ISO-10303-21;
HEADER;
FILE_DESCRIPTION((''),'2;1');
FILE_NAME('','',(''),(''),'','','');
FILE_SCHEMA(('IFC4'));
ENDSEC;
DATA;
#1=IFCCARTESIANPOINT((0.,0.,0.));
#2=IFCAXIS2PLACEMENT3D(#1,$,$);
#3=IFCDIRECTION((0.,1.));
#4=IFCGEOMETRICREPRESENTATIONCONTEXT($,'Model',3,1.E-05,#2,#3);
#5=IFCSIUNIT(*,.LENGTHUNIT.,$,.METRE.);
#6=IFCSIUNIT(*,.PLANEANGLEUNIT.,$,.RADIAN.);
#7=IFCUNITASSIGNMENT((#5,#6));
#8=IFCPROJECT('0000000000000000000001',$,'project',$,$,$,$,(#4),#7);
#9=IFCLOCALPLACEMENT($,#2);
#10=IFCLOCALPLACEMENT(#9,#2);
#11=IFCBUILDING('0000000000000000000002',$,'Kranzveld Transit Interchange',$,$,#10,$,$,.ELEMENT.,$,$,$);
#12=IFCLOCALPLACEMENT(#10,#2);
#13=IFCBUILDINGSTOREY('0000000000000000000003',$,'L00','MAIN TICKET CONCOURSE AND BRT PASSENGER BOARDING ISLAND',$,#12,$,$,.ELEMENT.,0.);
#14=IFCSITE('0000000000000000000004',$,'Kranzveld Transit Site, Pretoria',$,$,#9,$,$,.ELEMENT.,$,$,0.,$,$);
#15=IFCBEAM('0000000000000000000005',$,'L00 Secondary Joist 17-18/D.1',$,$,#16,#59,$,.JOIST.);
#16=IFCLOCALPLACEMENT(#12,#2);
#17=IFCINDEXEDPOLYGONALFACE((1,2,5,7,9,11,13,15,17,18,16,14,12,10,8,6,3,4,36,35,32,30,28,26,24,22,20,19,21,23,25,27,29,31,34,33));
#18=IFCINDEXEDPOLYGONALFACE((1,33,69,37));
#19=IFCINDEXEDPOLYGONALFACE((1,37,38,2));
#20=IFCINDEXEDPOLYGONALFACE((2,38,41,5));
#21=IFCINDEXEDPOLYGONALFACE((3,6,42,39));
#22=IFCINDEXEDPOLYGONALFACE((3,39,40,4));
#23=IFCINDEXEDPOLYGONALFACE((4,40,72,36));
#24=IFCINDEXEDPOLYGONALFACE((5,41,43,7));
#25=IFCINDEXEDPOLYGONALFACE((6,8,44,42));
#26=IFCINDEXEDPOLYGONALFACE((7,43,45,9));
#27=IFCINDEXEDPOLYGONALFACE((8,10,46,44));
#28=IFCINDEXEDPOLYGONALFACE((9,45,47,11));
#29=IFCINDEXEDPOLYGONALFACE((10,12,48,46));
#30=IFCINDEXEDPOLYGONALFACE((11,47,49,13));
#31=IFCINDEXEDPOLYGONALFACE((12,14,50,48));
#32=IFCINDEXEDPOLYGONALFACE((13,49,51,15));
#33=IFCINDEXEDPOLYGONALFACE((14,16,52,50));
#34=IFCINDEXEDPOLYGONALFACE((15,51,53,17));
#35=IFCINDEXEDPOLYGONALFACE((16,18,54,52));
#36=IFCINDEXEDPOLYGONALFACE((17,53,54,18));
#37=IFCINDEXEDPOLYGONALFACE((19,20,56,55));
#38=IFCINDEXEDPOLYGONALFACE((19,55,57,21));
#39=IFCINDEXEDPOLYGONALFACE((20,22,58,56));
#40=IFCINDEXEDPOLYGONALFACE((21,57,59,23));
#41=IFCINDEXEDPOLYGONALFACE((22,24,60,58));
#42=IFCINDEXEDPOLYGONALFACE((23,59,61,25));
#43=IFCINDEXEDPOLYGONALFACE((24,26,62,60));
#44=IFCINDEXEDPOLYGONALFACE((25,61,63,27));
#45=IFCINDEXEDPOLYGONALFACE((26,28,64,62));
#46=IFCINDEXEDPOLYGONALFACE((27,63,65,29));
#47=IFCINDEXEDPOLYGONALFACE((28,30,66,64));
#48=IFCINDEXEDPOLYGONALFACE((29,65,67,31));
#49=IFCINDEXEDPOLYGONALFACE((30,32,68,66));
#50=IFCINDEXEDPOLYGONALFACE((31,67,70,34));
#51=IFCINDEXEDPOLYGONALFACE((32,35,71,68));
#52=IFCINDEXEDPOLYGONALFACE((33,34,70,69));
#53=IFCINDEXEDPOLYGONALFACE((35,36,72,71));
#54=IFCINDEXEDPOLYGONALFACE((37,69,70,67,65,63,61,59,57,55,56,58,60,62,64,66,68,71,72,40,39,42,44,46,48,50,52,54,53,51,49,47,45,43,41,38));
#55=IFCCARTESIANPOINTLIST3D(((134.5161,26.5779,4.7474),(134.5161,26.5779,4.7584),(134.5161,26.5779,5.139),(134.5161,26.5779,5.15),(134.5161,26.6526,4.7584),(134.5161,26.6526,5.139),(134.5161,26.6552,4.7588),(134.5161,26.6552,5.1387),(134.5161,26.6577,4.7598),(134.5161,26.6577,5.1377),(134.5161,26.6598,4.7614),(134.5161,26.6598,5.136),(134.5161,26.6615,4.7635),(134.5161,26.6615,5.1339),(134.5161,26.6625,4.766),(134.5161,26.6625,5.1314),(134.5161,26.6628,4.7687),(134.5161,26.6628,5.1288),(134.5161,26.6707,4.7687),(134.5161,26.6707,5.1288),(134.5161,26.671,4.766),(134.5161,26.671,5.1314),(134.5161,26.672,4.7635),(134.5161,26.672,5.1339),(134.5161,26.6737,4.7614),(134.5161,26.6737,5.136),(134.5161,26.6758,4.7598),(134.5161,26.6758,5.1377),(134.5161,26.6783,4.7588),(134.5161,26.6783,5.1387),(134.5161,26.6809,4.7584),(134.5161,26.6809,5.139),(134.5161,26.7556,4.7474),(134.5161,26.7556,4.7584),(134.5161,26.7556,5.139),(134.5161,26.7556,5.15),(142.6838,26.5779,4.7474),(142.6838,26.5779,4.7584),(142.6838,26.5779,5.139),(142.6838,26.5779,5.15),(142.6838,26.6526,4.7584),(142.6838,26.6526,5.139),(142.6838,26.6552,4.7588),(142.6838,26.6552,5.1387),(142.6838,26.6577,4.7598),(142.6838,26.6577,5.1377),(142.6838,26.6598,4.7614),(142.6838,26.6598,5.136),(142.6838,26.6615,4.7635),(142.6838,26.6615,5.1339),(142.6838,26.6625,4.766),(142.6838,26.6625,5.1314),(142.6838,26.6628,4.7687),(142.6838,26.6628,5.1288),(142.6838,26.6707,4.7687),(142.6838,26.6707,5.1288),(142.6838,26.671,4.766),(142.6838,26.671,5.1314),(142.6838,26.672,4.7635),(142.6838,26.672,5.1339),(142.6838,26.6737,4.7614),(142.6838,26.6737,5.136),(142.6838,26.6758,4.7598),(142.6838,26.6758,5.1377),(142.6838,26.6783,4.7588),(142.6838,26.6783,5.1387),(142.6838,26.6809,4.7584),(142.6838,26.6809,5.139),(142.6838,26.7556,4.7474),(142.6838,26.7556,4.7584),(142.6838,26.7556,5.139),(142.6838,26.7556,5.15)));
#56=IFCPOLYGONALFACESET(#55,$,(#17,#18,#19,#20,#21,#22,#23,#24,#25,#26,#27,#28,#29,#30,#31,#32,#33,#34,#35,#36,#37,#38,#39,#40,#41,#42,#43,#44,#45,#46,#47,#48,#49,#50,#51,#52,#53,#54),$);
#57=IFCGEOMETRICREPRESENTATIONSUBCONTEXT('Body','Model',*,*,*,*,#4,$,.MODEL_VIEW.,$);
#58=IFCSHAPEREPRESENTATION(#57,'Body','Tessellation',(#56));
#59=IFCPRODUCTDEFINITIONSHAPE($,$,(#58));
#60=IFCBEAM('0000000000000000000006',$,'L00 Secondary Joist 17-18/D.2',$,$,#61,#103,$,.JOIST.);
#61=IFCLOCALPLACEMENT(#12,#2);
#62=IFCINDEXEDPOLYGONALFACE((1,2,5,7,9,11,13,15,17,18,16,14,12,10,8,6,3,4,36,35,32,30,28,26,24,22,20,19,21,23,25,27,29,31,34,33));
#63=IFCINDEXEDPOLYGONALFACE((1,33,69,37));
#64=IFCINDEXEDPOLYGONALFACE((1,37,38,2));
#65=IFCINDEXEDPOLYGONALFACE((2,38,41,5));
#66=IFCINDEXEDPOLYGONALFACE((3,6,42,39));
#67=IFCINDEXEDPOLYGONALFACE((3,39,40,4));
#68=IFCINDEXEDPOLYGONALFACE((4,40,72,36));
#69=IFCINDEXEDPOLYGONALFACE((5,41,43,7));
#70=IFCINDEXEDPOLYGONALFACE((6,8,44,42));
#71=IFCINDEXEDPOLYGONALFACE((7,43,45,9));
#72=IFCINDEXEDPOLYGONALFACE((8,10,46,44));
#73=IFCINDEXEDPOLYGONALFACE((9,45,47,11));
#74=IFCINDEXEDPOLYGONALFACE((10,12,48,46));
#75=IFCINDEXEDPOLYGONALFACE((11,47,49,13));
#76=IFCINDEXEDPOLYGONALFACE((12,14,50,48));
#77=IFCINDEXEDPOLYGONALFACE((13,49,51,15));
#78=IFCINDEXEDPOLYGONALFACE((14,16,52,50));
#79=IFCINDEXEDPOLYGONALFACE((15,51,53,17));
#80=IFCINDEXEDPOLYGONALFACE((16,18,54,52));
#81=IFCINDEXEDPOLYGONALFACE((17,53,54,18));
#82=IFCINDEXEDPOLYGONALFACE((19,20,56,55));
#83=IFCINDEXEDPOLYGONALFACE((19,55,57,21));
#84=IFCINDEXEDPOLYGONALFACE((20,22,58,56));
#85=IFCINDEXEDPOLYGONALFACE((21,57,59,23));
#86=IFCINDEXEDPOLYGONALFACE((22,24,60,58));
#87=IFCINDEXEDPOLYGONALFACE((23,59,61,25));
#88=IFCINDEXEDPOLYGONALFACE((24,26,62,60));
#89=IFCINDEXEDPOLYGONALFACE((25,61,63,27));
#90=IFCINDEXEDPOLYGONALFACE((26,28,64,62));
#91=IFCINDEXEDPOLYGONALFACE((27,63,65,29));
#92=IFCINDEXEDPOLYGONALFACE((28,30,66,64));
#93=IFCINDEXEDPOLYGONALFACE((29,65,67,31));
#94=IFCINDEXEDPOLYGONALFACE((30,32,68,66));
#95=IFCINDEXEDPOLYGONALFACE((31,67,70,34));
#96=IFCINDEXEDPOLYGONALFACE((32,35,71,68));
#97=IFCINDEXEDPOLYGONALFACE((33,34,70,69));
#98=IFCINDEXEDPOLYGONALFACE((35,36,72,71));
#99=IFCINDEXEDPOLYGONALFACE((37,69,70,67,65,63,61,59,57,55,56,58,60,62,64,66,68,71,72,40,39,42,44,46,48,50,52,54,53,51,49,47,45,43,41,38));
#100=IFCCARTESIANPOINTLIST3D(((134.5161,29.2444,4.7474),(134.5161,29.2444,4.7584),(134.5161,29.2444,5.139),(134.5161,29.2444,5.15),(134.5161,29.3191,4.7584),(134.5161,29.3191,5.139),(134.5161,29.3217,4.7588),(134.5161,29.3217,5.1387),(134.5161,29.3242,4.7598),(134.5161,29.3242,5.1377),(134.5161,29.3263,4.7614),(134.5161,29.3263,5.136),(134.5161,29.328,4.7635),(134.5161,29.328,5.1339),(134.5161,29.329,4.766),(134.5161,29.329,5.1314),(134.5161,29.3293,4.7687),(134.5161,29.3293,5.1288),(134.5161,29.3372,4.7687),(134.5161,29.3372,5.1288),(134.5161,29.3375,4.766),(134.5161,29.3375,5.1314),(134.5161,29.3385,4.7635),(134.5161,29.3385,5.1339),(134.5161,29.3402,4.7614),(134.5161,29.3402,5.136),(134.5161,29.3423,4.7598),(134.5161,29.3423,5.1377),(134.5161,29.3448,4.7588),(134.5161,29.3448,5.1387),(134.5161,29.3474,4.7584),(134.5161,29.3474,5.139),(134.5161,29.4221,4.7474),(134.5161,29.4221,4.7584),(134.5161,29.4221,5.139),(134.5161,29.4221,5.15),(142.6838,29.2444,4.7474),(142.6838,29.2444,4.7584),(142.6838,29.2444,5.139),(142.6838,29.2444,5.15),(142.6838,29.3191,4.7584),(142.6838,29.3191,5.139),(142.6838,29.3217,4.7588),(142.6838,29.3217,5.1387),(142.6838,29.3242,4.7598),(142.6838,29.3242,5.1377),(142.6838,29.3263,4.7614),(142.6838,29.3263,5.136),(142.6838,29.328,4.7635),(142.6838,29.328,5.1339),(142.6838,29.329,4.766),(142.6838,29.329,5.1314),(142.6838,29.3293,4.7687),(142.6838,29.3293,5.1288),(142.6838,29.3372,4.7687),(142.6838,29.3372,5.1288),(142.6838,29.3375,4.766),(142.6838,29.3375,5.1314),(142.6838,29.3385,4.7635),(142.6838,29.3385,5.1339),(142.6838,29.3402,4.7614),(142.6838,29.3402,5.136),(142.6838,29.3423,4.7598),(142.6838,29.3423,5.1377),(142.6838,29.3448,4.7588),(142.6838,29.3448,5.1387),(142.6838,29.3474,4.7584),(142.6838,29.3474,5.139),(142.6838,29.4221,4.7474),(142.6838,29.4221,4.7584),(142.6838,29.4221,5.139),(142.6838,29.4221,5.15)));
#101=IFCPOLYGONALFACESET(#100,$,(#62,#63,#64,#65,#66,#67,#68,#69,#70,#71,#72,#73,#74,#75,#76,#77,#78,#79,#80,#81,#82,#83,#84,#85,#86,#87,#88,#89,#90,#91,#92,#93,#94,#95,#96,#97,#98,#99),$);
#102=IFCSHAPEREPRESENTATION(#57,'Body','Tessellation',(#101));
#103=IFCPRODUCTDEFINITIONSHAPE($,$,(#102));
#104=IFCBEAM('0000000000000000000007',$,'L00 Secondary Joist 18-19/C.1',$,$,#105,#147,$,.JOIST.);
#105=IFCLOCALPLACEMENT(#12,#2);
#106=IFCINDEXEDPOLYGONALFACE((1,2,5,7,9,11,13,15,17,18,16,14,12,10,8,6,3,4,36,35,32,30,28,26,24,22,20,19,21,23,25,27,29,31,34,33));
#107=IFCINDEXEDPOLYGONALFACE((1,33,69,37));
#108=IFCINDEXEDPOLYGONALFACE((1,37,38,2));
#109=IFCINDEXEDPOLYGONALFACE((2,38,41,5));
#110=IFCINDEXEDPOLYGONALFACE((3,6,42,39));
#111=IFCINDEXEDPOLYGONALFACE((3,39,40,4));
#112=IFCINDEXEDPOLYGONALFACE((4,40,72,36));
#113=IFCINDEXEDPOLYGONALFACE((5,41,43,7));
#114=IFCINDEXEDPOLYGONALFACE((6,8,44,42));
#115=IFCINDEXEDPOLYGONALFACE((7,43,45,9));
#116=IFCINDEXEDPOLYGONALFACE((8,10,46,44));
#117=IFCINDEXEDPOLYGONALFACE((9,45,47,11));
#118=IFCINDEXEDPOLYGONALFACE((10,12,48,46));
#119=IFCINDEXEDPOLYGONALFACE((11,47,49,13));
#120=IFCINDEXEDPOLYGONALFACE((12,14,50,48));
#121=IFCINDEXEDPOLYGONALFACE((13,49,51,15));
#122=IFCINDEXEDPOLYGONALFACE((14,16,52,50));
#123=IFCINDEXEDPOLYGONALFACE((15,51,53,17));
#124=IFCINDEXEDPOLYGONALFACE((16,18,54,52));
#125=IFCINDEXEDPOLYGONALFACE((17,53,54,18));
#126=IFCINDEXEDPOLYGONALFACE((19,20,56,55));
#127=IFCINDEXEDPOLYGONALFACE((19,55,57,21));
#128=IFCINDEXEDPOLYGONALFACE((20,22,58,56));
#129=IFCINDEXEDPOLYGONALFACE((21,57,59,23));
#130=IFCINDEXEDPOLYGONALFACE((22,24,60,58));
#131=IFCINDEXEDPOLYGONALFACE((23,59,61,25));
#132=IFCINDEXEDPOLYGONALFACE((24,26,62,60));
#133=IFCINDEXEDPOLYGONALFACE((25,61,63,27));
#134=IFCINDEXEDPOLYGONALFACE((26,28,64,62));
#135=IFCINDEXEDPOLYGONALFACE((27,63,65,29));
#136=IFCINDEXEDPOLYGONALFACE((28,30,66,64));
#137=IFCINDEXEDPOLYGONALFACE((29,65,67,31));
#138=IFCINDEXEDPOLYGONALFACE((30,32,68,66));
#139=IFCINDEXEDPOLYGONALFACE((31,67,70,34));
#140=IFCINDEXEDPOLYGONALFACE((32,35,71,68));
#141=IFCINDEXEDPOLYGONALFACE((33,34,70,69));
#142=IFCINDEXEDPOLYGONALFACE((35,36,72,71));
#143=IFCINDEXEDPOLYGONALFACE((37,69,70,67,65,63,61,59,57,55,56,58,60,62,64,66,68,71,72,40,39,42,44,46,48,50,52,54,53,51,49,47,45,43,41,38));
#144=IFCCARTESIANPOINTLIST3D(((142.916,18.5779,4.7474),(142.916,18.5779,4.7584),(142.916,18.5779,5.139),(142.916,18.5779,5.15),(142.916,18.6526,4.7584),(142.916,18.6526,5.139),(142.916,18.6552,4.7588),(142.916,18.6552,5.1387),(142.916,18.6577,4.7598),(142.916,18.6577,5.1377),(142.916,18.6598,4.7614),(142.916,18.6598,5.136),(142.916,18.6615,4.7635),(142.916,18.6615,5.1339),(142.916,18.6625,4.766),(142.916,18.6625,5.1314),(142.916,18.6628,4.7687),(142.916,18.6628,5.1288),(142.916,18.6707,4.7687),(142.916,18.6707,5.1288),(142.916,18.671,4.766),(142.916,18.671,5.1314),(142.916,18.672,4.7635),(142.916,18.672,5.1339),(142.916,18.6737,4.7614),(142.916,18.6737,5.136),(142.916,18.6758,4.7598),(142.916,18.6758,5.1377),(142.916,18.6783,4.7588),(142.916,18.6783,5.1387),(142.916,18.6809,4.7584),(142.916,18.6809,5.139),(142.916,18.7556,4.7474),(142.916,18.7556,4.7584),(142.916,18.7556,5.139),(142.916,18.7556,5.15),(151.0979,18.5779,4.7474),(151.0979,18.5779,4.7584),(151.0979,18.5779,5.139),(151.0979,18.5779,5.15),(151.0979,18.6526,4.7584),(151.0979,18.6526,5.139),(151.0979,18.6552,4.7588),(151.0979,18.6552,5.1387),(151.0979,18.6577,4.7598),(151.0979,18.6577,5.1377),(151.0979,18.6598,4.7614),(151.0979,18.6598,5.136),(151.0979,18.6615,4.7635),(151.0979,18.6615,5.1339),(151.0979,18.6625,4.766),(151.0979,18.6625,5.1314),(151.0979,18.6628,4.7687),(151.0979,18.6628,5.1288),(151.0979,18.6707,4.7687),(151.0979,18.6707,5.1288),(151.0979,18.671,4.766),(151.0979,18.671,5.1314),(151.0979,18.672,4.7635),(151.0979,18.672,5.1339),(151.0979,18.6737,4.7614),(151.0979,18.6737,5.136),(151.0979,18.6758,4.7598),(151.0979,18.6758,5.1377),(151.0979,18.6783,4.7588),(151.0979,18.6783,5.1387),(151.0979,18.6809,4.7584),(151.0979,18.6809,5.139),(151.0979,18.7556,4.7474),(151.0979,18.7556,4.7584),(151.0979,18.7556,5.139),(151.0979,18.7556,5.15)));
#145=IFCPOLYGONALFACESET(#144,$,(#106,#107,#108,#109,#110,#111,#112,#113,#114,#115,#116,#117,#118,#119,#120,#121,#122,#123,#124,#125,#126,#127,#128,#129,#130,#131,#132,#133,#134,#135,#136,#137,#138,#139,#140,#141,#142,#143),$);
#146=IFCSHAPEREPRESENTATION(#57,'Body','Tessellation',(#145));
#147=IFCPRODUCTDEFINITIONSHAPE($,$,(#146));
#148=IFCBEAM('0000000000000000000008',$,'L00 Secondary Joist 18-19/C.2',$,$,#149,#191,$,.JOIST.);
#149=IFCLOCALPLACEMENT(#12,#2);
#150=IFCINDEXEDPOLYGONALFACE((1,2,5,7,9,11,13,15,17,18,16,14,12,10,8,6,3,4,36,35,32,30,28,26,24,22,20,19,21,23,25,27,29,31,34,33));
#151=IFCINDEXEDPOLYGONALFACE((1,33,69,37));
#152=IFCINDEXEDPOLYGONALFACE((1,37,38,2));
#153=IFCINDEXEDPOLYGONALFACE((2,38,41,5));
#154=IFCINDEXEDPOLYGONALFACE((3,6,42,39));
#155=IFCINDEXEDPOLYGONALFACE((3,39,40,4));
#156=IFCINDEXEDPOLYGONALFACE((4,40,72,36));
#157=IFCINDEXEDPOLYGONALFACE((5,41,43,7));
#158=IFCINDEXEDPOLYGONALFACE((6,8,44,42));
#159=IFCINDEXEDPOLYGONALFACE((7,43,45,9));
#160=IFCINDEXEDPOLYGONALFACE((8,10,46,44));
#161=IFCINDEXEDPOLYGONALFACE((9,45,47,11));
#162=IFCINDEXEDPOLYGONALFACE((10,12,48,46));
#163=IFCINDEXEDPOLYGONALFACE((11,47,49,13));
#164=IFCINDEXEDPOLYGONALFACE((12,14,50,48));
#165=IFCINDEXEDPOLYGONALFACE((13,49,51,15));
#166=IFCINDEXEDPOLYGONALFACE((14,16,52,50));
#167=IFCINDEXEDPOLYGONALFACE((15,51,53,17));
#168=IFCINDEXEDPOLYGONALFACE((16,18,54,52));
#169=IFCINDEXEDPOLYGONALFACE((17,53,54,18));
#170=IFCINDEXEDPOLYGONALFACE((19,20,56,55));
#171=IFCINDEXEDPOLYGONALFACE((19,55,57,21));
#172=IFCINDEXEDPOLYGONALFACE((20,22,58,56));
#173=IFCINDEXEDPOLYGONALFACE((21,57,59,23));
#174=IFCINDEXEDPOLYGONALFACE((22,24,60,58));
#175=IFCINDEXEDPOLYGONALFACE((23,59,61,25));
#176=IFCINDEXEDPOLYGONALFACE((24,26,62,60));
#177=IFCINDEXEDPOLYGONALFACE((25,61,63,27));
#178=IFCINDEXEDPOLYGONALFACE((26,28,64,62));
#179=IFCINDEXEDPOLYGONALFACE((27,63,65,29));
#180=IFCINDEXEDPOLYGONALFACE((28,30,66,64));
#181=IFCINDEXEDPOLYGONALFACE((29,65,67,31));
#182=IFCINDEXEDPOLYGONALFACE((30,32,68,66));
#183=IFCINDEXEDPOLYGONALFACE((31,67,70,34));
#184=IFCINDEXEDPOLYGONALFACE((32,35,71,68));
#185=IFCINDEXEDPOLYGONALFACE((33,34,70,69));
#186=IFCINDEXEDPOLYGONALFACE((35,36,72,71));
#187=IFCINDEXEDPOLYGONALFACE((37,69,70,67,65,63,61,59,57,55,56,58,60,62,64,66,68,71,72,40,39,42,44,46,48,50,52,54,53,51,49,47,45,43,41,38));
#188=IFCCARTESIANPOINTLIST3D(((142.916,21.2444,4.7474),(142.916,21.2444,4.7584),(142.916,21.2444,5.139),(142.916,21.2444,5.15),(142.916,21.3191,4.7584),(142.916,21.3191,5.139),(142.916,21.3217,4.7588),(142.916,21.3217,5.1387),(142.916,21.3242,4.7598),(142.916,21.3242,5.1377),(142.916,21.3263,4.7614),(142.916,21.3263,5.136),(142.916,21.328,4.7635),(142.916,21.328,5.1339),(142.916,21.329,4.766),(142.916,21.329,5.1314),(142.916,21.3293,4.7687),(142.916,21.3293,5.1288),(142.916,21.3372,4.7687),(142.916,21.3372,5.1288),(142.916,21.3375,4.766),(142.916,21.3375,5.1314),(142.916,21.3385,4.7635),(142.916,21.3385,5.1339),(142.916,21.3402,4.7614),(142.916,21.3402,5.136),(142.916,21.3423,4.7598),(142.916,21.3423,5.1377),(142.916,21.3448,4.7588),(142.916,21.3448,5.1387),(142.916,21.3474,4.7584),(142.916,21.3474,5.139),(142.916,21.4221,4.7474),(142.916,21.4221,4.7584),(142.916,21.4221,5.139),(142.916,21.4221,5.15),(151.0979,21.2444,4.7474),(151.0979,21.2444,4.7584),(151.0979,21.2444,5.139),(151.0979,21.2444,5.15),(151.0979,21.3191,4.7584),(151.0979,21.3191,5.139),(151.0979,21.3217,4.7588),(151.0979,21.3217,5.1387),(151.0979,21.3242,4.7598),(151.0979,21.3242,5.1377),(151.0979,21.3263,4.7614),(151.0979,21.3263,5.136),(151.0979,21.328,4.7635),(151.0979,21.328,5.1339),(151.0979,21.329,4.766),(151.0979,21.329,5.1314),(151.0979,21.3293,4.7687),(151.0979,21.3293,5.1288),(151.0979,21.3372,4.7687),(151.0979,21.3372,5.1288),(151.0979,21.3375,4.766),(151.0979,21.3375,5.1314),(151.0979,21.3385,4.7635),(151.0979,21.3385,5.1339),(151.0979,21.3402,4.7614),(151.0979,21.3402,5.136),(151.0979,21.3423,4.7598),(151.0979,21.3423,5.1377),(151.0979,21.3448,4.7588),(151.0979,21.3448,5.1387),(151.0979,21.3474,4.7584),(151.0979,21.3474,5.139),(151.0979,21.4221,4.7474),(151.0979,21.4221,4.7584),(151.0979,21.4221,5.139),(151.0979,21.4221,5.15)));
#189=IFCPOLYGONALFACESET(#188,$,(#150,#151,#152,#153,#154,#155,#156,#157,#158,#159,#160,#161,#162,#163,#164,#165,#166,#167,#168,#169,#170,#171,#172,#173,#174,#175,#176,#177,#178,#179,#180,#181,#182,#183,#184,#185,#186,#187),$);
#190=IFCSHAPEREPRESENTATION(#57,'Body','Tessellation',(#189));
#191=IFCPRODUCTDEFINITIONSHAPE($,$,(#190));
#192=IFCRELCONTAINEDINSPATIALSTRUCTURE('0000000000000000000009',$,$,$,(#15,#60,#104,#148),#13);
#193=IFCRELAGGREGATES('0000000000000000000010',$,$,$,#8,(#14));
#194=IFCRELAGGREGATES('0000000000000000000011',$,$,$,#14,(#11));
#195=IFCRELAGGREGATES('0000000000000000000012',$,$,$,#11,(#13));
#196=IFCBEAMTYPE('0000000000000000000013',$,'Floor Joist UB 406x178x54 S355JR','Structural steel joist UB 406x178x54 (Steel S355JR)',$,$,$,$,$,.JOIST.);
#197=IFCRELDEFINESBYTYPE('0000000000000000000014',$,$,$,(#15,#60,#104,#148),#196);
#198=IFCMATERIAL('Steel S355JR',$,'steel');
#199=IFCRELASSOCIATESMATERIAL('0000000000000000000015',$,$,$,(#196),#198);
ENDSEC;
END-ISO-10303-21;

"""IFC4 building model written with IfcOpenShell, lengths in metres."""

from ifc_helpers import new_model, si_unit, direction, frame, origin, origin_2d, place, context, subcontext, project, spatial, i_section, extrude, material, material_profile, profile_set, type_object, element, save


model = new_model("IFC4")

# Units and contexts
model_context = context("Model", 3, precision=1e-05, world=origin(), true_north=direction((0.0, 1.0)))
body_context = subcontext(model_context, "Body", "Model", "MODEL_VIEW")
ifc_project = project(units=[si_unit("LENGTHUNIT", "METRE"), si_unit("PLANEANGLEUNIT", "RADIAN")], contexts=[model_context])

# Site, building, storey
site_placement = place(None, origin())
site = spatial("IfcSite", under=ifc_project, at=site_placement, Name="Kranzveld Transit Site, Pretoria", CompositionType="ELEMENT", RefElevation=0.0)
building_placement = place(site_placement, origin())
building = spatial("IfcBuilding", under=site, at=building_placement, Name="Kranzveld Transit Interchange", CompositionType="ELEMENT")
storey_placement = place(building_placement, origin())
storey = spatial("IfcBuildingStorey", under=building, at=storey_placement, Name="L00", Description="MAIN TICKET CONCOURSE AND BRT PASSENGER BOARDING ISLAND", CompositionType="ELEMENT", Elevation=0.0)

# Beams
ifc_material_1 = material(Name="Steel S355JR", Category="steel")
ifc_material_profile_1 = material_profile(ifc_material_1, i_section(OverallWidth=0.1777, OverallDepth=0.4026, WebThickness=0.0078, FlangeThickness=0.011, FilletRadius=0.0103, at=origin_2d()), Name="UB 406x178x54")
ifc_profile_set_1 = profile_set([ifc_material_profile_1], Name="Steel S355JR")
beam_type_1 = type_object("IfcBeamType", Name="Floor Joist UB 406x178x54 S355JR", Description="Structural steel joist UB 406x178x54 (Steel S355JR)", PredefinedType="JOIST", material=ifc_profile_set_1)
for number, where, z_axis, x_axis, name in (
    (1, (134.5161, 26.6667, 4.9487), (1.0, 0.0, 0.0), (0.0, 1.0, 0.0), "L00 Secondary Joist 17-18/D.1"),
    (2, (134.5161, 29.3333, 4.9487), (1.0, 0.0, 0.0), (0.0, 1.0, 0.0), "L00 Secondary Joist 17-18/D.2"),
):
    element("IfcBeam", number, at=place(storey_placement, frame(where, z_axis=z_axis, x_axis=x_axis)), inside=storey, type_object=beam_type_1, Name=name, PredefinedType="JOIST", context=body_context, shape_type="SweptSolid", body=[
        extrude(i_section(OverallWidth=0.1777, OverallDepth=0.4026, WebThickness=0.0078, FlangeThickness=0.011, FilletRadius=0.0103, at=origin_2d()), origin(), (0.0, 0.0, 1.0), 8.1677),
    ])
for number, where, z_axis, x_axis, name in (
    (3, (142.916, 18.6667, 4.9487), (1.0, 0.0, 0.0), (0.0, 1.0, 0.0), "L00 Secondary Joist 18-19/C.1"),
    (4, (142.916, 21.3333, 4.9487), (1.0, 0.0, 0.0), (0.0, 1.0, 0.0), "L00 Secondary Joist 18-19/C.2"),
):
    element("IfcBeam", number, at=place(storey_placement, frame(where, z_axis=z_axis, x_axis=x_axis)), inside=storey, type_object=beam_type_1, Name=name, PredefinedType="JOIST", context=body_context, shape_type="SweptSolid", body=[
        extrude(i_section(OverallWidth=0.1777, OverallDepth=0.4026, WebThickness=0.0078, FlangeThickness=0.011, FilletRadius=0.0103, at=origin_2d()), origin(), (0.0, 0.0, 1.0), 8.1819),
    ])

save(model, "model.ifc")
